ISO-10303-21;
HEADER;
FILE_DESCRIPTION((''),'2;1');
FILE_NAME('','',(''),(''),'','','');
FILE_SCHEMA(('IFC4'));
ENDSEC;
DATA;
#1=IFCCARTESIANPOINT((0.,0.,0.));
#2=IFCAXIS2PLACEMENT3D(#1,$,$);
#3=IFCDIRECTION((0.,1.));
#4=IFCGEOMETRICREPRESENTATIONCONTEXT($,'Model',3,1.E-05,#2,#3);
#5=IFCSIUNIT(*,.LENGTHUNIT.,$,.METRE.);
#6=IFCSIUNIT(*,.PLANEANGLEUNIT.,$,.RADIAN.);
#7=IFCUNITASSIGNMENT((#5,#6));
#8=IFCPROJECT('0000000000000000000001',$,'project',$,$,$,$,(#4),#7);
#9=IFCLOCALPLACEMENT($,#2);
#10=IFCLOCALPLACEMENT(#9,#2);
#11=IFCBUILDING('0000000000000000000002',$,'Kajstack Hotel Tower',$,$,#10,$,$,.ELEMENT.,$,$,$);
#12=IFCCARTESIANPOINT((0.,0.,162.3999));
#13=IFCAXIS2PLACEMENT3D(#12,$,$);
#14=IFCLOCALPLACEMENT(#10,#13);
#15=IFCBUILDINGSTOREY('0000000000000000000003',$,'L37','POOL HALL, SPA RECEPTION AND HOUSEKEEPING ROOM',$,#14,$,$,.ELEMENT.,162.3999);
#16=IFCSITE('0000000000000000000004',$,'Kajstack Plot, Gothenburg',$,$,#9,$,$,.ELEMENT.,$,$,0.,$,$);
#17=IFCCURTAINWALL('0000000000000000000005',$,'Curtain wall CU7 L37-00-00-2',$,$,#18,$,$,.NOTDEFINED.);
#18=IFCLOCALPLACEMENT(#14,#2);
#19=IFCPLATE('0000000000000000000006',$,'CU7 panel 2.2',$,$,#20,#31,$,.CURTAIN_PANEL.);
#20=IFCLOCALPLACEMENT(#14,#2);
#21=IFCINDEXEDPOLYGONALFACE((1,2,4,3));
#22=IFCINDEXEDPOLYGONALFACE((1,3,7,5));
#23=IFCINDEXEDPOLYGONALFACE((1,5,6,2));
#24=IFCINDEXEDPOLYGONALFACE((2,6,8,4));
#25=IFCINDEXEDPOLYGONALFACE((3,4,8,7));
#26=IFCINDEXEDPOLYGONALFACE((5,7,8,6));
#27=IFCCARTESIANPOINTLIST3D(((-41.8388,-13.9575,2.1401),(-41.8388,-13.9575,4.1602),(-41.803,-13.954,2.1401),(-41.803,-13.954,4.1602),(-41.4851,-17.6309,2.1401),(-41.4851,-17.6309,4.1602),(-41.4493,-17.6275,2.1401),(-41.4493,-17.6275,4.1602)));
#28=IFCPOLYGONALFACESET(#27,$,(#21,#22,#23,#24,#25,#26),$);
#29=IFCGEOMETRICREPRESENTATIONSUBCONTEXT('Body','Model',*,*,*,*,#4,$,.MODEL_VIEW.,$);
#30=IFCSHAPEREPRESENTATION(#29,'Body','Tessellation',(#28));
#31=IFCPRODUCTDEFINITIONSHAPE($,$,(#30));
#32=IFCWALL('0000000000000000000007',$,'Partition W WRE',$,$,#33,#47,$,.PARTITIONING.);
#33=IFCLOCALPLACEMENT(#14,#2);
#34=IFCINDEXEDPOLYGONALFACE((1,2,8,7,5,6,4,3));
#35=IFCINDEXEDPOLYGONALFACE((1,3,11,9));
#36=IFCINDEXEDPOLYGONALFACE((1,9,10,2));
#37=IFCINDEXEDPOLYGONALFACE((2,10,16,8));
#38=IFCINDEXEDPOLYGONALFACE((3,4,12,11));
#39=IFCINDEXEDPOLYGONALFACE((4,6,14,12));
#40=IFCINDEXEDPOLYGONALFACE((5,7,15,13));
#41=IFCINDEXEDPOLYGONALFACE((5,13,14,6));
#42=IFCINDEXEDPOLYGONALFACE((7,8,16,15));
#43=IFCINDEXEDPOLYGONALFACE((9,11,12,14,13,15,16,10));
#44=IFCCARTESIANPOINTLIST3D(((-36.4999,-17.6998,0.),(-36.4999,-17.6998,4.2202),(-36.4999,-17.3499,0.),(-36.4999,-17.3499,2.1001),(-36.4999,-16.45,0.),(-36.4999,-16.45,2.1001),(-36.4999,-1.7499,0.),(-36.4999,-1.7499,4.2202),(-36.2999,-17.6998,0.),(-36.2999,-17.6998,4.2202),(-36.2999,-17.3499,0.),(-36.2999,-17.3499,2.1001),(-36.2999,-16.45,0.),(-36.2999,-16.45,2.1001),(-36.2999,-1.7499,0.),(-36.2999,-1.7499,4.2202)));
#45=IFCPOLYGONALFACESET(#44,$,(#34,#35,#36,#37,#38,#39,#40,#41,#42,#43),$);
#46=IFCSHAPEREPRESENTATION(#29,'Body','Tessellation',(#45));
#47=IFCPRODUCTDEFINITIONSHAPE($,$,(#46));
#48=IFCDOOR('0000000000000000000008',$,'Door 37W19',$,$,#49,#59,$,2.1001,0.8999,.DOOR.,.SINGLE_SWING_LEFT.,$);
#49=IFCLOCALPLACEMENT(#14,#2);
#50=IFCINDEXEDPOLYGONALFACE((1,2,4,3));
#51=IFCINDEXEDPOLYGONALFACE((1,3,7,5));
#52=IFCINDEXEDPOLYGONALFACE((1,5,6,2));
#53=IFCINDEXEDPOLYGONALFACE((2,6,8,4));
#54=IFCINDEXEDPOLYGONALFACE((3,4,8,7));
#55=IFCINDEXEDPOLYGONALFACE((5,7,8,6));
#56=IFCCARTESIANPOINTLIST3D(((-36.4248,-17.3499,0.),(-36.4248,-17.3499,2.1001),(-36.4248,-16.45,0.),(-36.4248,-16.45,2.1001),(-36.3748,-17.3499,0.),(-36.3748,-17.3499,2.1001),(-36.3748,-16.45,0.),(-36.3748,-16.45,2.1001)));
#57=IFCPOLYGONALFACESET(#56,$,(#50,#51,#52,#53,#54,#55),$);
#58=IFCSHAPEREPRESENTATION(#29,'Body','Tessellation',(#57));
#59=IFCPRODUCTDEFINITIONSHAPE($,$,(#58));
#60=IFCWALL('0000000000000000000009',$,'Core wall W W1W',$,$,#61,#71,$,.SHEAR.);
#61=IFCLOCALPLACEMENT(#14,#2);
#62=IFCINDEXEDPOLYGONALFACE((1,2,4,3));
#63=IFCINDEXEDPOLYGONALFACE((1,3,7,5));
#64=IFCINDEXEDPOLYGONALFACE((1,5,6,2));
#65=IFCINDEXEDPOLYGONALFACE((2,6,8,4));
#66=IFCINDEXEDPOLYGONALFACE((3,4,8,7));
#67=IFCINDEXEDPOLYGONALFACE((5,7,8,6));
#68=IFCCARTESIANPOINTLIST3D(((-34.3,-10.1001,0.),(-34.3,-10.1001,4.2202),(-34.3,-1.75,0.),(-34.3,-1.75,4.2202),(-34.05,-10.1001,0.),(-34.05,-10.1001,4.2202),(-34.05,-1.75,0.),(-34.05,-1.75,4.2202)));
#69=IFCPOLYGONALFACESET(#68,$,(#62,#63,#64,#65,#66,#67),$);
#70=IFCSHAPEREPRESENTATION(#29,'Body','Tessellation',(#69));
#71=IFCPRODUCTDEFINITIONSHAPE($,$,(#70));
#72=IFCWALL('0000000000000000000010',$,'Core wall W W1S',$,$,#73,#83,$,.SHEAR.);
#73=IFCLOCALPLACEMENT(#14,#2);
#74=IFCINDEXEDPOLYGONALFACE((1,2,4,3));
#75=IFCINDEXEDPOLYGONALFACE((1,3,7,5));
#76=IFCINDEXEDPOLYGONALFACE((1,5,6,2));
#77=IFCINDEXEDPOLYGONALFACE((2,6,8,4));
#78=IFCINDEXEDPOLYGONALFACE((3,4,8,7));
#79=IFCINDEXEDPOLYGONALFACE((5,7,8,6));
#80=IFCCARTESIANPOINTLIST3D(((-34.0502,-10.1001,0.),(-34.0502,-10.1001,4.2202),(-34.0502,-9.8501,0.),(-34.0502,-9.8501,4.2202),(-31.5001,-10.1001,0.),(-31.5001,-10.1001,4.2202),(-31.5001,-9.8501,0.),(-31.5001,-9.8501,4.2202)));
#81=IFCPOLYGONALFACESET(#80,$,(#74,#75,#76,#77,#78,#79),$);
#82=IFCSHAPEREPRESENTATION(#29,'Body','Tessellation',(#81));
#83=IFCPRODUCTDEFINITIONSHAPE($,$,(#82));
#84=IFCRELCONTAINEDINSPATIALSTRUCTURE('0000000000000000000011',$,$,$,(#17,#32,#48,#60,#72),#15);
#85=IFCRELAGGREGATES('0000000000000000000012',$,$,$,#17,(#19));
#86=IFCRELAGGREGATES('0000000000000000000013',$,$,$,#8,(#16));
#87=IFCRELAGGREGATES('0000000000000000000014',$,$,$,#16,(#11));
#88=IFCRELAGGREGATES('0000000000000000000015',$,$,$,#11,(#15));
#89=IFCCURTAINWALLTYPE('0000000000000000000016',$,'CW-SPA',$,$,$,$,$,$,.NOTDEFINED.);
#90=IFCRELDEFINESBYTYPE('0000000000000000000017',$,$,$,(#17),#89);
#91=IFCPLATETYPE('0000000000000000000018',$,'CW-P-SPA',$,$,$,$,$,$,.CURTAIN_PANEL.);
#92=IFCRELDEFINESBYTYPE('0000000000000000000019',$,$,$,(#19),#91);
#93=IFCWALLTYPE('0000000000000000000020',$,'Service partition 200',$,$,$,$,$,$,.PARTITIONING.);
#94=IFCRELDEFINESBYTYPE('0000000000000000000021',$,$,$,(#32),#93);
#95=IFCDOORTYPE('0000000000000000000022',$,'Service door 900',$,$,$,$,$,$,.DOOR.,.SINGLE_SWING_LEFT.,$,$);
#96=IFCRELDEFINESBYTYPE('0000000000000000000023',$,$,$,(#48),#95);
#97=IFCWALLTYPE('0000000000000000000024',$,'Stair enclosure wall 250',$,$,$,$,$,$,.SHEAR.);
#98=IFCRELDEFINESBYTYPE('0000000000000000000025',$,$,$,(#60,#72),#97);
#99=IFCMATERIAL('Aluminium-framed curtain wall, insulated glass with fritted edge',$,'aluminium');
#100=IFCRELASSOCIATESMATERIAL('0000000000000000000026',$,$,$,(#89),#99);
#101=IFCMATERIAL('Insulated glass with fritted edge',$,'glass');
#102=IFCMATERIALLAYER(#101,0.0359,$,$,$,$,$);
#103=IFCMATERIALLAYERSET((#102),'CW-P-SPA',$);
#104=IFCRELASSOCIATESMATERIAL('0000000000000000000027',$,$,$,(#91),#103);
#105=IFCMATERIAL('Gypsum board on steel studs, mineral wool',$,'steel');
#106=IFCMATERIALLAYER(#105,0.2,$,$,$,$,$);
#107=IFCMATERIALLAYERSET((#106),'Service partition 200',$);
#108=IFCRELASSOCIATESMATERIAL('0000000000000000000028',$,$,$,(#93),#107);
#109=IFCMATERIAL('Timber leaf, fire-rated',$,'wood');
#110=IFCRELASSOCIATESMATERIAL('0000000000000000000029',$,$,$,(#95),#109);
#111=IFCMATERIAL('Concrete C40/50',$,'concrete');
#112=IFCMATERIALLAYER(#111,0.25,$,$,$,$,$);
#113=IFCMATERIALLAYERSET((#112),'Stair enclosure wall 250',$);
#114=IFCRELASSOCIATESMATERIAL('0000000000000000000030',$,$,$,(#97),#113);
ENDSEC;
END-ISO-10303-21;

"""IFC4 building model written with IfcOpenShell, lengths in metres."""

from ifc_helpers import new_model, si_unit, direction, frame, frame_2d, origin, origin_2d, place, context, subcontext, project, spatial, rectangle, extrude, material, layer, layer_set, type_object, element, fill, aggregate, save


model = new_model("IFC4")

# Units and contexts
model_context = context("Model", 3, precision=1e-05, world=origin(), true_north=direction((0.0, 1.0)))
body_context = subcontext(model_context, "Body", "Model", "MODEL_VIEW")
ifc_project = project(units=[si_unit("LENGTHUNIT", "METRE"), si_unit("PLANEANGLEUNIT", "RADIAN")], contexts=[model_context])

# Site, building, storey
site_placement = place(None, origin())
site = spatial("IfcSite", under=ifc_project, at=site_placement, Name="Kajstack Plot, Gothenburg", CompositionType="ELEMENT", RefElevation=0.0)
building_placement = place(site_placement, origin())
building = spatial("IfcBuilding", under=site, at=building_placement, Name="Kajstack Hotel Tower", CompositionType="ELEMENT")
storey_placement = place(building_placement, frame((0.0, 0.0, 162.3999)))
storey = spatial("IfcBuildingStorey", under=building, at=storey_placement, Name="L37", Description="POOL HALL, SPA RECEPTION AND HOUSEKEEPING ROOM", CompositionType="ELEMENT", Elevation=162.3999)

# Curtain wall
ifc_material_1 = material(Name="Aluminium-framed curtain wall, insulated glass with fritted edge", Category="aluminium")
curtain_wall_type = type_object("IfcCurtainWallType", Name="CW-SPA", PredefinedType="NOTDEFINED", material=ifc_material_1)
curtain_wall_1_placement = place(storey_placement, origin())
curtain_wall_1 = element("IfcCurtainWall", 1, at=curtain_wall_1_placement, inside=storey, type_object=curtain_wall_type, Name="Curtain wall CU7 L37-00-00-2", PredefinedType="NOTDEFINED")

# Plate
ifc_material_2 = material(Name="Insulated glass with fritted edge", Category="glass")
ifc_layer_1 = layer(ifc_material_2, 0.0359)
ifc_layer_set_1 = layer_set([ifc_layer_1], Name="CW-P-SPA")
plate_type = type_object("IfcPlateType", Name="CW-P-SPA", PredefinedType="CURTAIN_PANEL", material=ifc_layer_set_1)
plate_1_placement = place(storey_placement, frame((-41.644, -15.7925, 2.1401), z_axis=(0.0, 0.0, 1.0), x_axis=(0.095844, -0.995396, 0.0)))
plate_1 = element("IfcPlate", 2, at=plate_1_placement, type_object=plate_type, Name="CU7 panel 2.2", PredefinedType="CURTAIN_PANEL", context=body_context, shape_type="SweptSolid", body=[
    extrude(rectangle(XDim=3.6904, YDim=0.0359, at=origin_2d()), origin(), (0.0, 0.0, 1.0), 2.02),
])
aggregate(curtain_wall_1, [plate_1])

# Wall, opening, door
ifc_material_3 = material(Name="Gypsum board on steel studs, mineral wool", Category="steel")
ifc_layer_2 = layer(ifc_material_3, 0.2)
ifc_layer_set_2 = layer_set([ifc_layer_2], Name="Service partition 200")
wall_type_1 = type_object("IfcWallType", Name="Service partition 200", PredefinedType="PARTITIONING", material=ifc_layer_set_2)
wall_1_placement = place(storey_placement, frame((-36.3999, -17.7, 0.0), z_axis=(0.0, 0.0, 1.0), x_axis=(0.0, 1.0, 0.0)))
wall_1 = element("IfcWall", 3, at=wall_1_placement, inside=storey, type_object=wall_type_1, Name="Partition W WRE", PredefinedType="PARTITIONING", context=body_context, shape_type="SweptSolid", body=[
    extrude(rectangle(XDim=15.95, YDim=0.2, at=frame_2d((7.9751, 0.0))), origin(), (0.0, 0.0, 1.0), 4.2202),
])
opening_placement = place(wall_1_placement, frame((0.3501, 0.0, 0.0)))
opening = element("IfcOpeningElement", 4, at=opening_placement, cuts=wall_1, PredefinedType="OPENING", context=body_context, shape_type="SweptSolid", body=[
    extrude(rectangle(XDim=0.8999, YDim=2.1001, at=frame_2d((0.45, 1.05))), frame((0.0, 0.1099, 0.0), z_axis=(0.0, -1.0, 0.0), x_axis=(1.0, 0.0, 0.0)), (0.0, 0.0, 1.0), 0.22),
])
ifc_material_4 = material(Name="Timber leaf, fire-rated", Category="wood")
door_type = type_object("IfcDoorType", Name="Service door 900", OperationType="SINGLE_SWING_LEFT", PredefinedType="DOOR", material=ifc_material_4)
door_placement = place(opening_placement, origin())
door = element("IfcDoor", 5, at=door_placement, inside=storey, type_object=door_type, Name="Door 37W19", OperationType="SINGLE_SWING_LEFT", OverallHeight=2.1001, OverallWidth=0.8999, PredefinedType="DOOR", context=body_context, shape_type="SweptSolid", body=[
    extrude(rectangle(XDim=0.8999, YDim=2.1001, at=frame_2d((0.45, 1.05))), frame((0.0, 0.0249, 0.0), z_axis=(0.0, -1.0, 0.0), x_axis=(1.0, 0.0, 0.0)), (0.0, 0.0, 1.0), 0.05),
])
fill(opening, door)

# Walls
ifc_material_5 = material(Name="Concrete C40/50", Category="concrete")
ifc_layer_3 = layer(ifc_material_5, 0.25)
ifc_layer_set_3 = layer_set([ifc_layer_3], Name="Stair enclosure wall 250")
wall_type_2 = type_object("IfcWallType", Name="Stair enclosure wall 250", PredefinedType="SHEAR", material=ifc_layer_set_3)
wall_2_placement = place(storey_placement, frame((-34.175, -10.1001, 0.0), z_axis=(0.0, 0.0, 1.0), x_axis=(0.0, 1.0, 0.0)))
element("IfcWall", 6, at=wall_2_placement, inside=storey, type_object=wall_type_2, Name="Core wall W W1W", PredefinedType="SHEAR", context=body_context, shape_type="SweptSolid", body=[
    extrude(rectangle(XDim=8.3501, YDim=0.25, at=frame_2d((4.175, 0.0))), origin(), (0.0, 0.0, 1.0), 4.2202),
])
wall_3_placement = place(storey_placement, frame((-34.05, -9.9751, 0.0), z_axis=(0.0, 0.0, 1.0), x_axis=(1.0, 0.0, 0.0)))
element("IfcWall", 7, at=wall_3_placement, inside=storey, type_object=wall_type_2, Name="Core wall W W1S", PredefinedType="SHEAR", context=body_context, shape_type="SweptSolid", body=[
    extrude(rectangle(XDim=2.55, YDim=0.25, at=frame_2d((1.2749, 0.0))), origin(), (0.0, 0.0, 1.0), 4.2202),
])

save(model, "model.ifc")
